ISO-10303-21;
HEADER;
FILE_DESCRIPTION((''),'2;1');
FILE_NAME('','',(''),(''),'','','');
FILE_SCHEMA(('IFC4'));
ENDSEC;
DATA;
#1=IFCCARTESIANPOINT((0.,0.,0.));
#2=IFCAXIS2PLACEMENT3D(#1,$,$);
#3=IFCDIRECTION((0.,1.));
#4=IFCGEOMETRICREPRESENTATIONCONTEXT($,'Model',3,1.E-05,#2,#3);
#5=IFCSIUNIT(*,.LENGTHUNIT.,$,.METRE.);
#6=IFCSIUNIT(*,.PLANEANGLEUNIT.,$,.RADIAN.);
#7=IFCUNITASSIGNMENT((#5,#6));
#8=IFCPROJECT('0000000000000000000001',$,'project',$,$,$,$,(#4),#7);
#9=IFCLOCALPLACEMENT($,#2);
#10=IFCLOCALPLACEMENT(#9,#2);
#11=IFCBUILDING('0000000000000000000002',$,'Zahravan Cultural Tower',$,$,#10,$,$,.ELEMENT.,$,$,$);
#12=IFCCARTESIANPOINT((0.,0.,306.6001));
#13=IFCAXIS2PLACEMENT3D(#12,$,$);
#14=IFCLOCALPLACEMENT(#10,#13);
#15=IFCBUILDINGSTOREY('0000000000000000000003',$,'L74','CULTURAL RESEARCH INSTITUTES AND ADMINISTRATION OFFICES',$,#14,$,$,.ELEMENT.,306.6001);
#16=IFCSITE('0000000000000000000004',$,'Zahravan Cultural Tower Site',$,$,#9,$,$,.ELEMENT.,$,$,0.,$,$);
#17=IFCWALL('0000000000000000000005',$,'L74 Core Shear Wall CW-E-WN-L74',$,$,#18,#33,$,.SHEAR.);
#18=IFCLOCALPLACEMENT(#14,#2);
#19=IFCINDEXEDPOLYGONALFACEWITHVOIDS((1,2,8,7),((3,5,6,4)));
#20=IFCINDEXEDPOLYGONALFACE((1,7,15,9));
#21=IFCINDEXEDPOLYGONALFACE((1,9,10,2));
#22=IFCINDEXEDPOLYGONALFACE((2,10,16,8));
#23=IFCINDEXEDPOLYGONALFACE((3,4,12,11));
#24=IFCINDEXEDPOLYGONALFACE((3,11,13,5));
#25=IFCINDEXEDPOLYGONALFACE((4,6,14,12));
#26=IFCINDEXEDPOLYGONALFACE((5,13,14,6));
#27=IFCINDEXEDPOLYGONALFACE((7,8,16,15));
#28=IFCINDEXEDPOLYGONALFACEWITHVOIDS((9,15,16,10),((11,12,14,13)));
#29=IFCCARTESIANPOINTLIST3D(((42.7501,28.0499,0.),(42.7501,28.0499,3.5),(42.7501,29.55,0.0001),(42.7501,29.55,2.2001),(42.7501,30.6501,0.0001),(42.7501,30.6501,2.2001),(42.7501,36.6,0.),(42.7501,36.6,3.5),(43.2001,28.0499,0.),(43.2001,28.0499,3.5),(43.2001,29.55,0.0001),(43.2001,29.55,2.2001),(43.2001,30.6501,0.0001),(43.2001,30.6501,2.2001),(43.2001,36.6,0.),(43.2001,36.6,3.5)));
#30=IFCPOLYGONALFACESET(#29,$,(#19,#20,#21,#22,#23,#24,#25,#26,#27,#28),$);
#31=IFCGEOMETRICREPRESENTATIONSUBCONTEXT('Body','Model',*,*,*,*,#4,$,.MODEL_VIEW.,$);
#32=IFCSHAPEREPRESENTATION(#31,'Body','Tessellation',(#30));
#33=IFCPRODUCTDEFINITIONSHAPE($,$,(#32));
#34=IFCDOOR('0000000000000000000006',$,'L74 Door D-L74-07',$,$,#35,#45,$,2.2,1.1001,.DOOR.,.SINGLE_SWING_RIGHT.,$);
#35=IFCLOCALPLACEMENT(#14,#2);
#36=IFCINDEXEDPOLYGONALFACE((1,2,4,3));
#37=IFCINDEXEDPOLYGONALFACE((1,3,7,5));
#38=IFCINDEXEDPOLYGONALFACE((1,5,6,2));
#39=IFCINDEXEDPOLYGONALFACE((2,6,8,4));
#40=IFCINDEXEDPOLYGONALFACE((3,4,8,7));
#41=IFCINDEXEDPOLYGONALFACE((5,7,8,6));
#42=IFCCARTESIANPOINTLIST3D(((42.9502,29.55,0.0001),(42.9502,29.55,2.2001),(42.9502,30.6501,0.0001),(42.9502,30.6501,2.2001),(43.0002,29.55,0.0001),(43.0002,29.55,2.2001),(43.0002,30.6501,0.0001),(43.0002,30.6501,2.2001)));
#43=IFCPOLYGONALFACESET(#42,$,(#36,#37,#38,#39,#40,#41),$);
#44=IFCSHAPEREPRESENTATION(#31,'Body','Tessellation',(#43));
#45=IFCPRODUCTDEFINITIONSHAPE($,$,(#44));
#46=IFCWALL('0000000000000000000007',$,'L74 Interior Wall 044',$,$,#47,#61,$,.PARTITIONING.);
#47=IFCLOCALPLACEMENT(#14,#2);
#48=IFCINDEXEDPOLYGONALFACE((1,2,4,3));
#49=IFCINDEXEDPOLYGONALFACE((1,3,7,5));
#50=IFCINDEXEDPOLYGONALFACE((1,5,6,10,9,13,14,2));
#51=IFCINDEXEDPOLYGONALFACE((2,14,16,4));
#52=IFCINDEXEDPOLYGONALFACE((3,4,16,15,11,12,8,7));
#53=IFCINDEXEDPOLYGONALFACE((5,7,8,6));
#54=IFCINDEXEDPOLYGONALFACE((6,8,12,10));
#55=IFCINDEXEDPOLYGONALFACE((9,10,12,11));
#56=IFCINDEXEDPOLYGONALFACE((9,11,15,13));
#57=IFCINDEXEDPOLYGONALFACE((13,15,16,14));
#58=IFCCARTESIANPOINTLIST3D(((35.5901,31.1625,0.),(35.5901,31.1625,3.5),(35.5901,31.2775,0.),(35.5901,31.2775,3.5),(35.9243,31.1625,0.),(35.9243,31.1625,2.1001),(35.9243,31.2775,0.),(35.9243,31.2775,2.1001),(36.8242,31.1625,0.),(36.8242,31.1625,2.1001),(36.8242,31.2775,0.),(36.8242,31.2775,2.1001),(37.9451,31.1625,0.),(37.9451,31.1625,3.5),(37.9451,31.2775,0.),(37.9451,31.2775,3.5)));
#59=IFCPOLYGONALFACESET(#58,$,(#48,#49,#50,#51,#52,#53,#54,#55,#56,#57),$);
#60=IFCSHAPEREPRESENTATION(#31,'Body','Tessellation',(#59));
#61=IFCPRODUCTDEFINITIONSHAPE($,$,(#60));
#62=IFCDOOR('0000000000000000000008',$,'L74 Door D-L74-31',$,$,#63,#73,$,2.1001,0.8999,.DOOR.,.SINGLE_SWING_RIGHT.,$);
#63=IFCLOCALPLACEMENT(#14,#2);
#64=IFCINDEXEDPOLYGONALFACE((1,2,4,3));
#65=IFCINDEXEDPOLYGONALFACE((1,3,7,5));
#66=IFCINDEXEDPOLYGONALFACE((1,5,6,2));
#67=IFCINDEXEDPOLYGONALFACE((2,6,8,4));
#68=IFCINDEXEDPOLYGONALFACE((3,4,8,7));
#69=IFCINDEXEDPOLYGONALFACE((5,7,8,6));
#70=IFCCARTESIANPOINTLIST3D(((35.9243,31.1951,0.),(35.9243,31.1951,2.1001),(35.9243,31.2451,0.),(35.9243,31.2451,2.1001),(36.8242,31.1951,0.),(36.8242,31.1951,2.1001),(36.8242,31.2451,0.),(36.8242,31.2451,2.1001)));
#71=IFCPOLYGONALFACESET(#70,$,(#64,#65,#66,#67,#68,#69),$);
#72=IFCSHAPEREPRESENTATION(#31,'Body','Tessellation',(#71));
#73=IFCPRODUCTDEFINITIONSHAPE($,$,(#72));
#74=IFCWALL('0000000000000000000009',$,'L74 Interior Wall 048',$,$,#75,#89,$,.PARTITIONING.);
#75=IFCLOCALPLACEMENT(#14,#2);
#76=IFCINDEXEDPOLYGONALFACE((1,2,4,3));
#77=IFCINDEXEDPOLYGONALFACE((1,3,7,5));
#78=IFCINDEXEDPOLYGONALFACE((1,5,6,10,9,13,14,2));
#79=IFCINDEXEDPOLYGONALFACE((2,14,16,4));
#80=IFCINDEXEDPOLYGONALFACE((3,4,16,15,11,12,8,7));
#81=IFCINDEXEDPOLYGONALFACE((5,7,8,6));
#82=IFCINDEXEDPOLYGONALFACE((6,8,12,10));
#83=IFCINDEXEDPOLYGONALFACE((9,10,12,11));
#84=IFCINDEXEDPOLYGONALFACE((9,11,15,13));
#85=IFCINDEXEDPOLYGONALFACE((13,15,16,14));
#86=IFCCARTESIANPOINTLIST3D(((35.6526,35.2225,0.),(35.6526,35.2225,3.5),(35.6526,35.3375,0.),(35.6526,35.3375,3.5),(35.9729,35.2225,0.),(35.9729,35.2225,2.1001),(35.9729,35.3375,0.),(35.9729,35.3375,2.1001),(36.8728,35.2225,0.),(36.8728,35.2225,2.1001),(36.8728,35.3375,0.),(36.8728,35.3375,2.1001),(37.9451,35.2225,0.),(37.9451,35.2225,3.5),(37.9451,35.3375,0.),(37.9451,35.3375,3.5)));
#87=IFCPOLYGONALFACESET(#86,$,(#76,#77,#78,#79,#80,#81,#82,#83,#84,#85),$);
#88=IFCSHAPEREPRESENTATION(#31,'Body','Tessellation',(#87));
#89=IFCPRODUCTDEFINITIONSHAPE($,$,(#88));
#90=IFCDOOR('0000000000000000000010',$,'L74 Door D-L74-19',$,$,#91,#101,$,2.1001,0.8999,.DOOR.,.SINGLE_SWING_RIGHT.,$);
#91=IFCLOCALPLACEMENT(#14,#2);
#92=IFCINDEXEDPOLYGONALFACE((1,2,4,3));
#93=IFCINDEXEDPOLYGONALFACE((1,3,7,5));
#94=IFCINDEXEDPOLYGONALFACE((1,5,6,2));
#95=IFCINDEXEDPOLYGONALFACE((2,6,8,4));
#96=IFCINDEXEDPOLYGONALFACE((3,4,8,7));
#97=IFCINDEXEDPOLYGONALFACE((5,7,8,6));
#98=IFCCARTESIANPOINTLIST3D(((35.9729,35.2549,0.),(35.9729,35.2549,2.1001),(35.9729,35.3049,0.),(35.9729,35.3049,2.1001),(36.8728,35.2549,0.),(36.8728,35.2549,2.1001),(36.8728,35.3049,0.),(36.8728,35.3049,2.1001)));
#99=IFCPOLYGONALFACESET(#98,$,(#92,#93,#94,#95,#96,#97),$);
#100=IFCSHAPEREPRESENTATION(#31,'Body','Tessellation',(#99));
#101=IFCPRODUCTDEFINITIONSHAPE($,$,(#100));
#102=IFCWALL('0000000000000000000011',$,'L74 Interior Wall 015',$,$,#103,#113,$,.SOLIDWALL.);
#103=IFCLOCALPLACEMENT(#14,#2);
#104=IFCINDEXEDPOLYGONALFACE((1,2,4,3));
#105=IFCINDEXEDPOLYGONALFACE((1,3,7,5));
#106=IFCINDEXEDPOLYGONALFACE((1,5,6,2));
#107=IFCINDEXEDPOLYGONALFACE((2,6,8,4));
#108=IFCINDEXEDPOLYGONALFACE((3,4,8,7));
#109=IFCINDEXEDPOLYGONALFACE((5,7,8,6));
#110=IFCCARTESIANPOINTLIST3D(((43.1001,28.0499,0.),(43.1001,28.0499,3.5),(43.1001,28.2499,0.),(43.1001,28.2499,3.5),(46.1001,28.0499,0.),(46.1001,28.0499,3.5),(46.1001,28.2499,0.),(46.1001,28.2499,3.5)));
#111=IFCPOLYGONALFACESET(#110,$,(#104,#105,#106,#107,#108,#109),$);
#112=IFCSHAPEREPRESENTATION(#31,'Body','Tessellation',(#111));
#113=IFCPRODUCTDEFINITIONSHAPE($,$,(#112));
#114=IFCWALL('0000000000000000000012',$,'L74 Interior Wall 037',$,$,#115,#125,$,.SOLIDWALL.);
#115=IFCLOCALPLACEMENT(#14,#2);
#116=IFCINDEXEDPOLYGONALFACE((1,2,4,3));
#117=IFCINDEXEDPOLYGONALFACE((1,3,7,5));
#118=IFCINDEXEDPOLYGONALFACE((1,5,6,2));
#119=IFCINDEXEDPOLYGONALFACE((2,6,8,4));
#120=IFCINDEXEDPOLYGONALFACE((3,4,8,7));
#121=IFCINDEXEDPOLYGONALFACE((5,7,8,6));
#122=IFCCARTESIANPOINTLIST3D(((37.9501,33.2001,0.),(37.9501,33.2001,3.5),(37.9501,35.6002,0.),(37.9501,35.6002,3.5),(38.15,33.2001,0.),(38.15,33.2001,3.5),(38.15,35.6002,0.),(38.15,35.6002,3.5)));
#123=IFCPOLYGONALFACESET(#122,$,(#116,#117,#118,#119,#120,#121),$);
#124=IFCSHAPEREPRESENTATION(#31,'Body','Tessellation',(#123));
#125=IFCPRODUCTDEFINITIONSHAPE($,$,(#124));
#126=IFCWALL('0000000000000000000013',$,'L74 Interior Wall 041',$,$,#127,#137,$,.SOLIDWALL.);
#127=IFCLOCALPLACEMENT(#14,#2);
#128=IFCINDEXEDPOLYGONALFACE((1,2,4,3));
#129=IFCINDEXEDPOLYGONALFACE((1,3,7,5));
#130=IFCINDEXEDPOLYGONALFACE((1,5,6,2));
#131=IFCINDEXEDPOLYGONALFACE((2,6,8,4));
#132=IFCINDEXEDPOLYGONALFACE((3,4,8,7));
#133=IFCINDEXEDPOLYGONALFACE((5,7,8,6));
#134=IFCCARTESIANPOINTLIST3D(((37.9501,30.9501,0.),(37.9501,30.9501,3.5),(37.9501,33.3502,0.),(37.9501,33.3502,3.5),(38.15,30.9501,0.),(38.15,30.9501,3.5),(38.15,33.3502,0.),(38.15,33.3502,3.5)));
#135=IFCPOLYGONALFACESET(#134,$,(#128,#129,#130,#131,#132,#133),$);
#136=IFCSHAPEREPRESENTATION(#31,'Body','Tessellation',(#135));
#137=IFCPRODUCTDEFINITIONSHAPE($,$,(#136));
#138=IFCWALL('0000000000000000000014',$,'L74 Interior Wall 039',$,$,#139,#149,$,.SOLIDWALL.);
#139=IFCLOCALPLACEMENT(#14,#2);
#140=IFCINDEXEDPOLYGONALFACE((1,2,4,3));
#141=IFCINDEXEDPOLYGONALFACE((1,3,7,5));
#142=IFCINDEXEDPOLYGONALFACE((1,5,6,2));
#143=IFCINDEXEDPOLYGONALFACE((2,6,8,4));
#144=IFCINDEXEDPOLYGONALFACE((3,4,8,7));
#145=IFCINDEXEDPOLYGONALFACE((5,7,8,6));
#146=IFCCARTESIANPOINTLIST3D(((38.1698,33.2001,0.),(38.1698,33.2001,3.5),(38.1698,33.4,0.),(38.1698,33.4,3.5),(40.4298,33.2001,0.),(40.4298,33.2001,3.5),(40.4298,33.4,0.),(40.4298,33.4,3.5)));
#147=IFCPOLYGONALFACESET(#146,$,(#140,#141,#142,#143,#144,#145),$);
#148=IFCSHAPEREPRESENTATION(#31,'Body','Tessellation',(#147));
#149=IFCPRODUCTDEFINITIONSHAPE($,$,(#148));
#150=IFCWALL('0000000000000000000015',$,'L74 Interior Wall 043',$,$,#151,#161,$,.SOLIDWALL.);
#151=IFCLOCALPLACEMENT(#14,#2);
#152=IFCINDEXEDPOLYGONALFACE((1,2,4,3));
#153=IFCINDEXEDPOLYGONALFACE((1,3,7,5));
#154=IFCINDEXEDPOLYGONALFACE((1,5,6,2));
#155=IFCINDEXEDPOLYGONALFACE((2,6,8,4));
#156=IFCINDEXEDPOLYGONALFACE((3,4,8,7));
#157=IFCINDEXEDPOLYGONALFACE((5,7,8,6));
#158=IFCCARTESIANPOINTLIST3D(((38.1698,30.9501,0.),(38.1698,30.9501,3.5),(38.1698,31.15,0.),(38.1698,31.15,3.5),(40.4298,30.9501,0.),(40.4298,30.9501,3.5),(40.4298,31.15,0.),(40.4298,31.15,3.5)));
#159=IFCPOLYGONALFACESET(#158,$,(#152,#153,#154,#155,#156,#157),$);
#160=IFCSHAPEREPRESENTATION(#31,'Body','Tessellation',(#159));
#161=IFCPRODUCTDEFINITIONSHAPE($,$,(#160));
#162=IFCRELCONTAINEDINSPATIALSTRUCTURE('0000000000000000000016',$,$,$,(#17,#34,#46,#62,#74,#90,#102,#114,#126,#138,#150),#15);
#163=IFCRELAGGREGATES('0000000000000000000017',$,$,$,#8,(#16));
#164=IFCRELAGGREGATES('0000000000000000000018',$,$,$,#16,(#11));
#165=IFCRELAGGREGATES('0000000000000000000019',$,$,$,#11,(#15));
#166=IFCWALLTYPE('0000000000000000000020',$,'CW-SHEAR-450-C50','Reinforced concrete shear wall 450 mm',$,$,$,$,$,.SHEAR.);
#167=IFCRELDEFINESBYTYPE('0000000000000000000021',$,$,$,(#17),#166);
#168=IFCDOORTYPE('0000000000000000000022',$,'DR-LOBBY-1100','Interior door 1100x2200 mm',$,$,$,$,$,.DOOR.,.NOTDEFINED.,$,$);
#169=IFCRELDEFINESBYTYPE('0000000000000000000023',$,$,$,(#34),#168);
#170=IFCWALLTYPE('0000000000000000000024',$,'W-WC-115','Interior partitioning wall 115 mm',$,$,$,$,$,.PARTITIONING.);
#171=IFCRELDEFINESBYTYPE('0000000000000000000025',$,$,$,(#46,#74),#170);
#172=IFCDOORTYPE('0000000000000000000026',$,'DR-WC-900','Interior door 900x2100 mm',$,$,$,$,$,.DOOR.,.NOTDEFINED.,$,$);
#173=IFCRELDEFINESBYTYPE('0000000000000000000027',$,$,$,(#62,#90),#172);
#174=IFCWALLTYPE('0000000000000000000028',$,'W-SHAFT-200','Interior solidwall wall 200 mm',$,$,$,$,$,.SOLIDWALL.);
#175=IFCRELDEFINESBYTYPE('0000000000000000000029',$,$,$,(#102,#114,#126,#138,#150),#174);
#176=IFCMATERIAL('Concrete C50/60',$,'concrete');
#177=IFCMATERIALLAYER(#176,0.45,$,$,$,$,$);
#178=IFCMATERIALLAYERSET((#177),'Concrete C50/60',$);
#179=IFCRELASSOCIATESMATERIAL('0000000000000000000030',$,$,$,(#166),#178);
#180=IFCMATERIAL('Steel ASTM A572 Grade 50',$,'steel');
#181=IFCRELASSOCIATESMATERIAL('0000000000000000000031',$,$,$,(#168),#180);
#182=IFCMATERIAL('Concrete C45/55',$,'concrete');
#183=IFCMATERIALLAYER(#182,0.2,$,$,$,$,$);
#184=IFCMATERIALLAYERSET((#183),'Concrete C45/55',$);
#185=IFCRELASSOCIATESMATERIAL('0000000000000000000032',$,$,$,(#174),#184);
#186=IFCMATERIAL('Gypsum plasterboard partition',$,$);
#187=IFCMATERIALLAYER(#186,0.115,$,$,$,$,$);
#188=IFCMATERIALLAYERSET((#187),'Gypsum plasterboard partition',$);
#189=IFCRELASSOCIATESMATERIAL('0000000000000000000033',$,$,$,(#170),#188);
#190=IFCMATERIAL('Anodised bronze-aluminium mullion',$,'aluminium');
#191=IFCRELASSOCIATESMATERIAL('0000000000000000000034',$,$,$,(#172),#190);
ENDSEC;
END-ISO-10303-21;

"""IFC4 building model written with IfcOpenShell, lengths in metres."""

from ifc_helpers import new_model, si_unit, direction, frame, frame_2d, origin, place, context, subcontext, project, spatial, rectangle, extrude, source, transform, mapped, material, layer, layer_set, type_object, element, fill, save


model = new_model("IFC4")

# Units and contexts
model_context = context("Model", 3, precision=1e-05, world=origin(), true_north=direction((0.0, 1.0)))
body_context = subcontext(model_context, "Body", "Model", "MODEL_VIEW")
ifc_project = project(units=[si_unit("LENGTHUNIT", "METRE"), si_unit("PLANEANGLEUNIT", "RADIAN")], contexts=[model_context])

# Site, building, storey
site_placement = place(None, origin())
site = spatial("IfcSite", under=ifc_project, at=site_placement, Name="Zahravan Cultural Tower Site", CompositionType="ELEMENT", RefElevation=0.0)
building_placement = place(site_placement, origin())
building = spatial("IfcBuilding", under=site, at=building_placement, Name="Zahravan Cultural Tower", CompositionType="ELEMENT")
storey_placement = place(building_placement, frame((0.0, 0.0, 306.6001)))
storey = spatial("IfcBuildingStorey", under=building, at=storey_placement, Name="L74", Description="CULTURAL RESEARCH INSTITUTES AND ADMINISTRATION OFFICES", CompositionType="ELEMENT", Elevation=306.6001)

# Walls, openings, doors
ifc_material_1 = material(Name="Concrete C50/60", Category="concrete")
ifc_layer_1 = layer(ifc_material_1, 0.45)
ifc_layer_set_1 = layer_set([ifc_layer_1], Name="Concrete C50/60")
wall_type_1 = type_object("IfcWallType", Name="CW-SHEAR-450-C50", Description="Reinforced concrete shear wall 450 mm", PredefinedType="SHEAR", material=ifc_layer_set_1)
wall_1_placement = place(storey_placement, frame((42.9751, 28.05, 0.0), z_axis=(0.0, 0.0, 1.0), x_axis=(0.0, 1.0, 0.0)))
wall_1 = element("IfcWall", 1, at=wall_1_placement, inside=storey, type_object=wall_type_1, Name="L74 Core Shear Wall CW-E-WN-L74", PredefinedType="SHEAR", context=body_context, shape_type="SweptSolid", body=[
    extrude(rectangle(XDim=8.55, YDim=0.45, at=frame_2d((4.2749, 0.0))), origin(), (0.0, 0.0, 1.0), 3.5),
])
opening_1_placement = place(wall_1_placement, frame((1.5, 0.0, 0.0)))
opening_1 = element("IfcOpeningElement", 2, at=opening_1_placement, cuts=wall_1, PredefinedType="OPENING", context=body_context, shape_type="SweptSolid", body=[
    extrude(rectangle(XDim=1.1001, YDim=2.2, at=frame_2d((0.55, 1.1001))), frame((0.0, 0.2349, 0.0), z_axis=(0.0, -1.0, 0.0), x_axis=(1.0, 0.0, 0.0)), (0.0, 0.0, 1.0), 0.47),
])
ifc_material_2 = material(Name="Steel ASTM A572 Grade 50", Category="steel")
door_type_1 = type_object("IfcDoorType", Name="DR-LOBBY-1100", Description="Interior door 1100x2200 mm", OperationType="NOTDEFINED", PredefinedType="DOOR", material=ifc_material_2)
shared_shape_1 = source(origin(), body_context, "Body", "SweptSolid", [
    extrude(rectangle(XDim=1.1001, YDim=2.2, at=frame_2d((0.55, 1.1001))), frame((0.0, 0.0249, 0.0), z_axis=(0.0, -1.0, 0.0), x_axis=(1.0, 0.0, 0.0)), (0.0, 0.0, 1.0), 0.05),
])
door_1_placement = place(opening_1_placement, origin())
door_1 = element("IfcDoor", 3, at=door_1_placement, inside=storey, type_object=door_type_1, Name="L74 Door D-L74-07", OperationType="SINGLE_SWING_RIGHT", OverallHeight=2.2, OverallWidth=1.1001, PredefinedType="DOOR", context=body_context, shape_type="MappedRepresentation", body=[
    mapped(shared_shape_1, transform((0.0, 0.0, 0.0), x_axis=(1.0, 0.0, 0.0), y_axis=(0.0, 1.0, 0.0), z_axis=(0.0, 0.0, 1.0), scale=1.0)),
])
fill(opening_1, door_1)
ifc_material_3 = material(Name="Gypsum plasterboard partition")
ifc_material_4 = material(Name="Anodised bronze-aluminium mullion", Category="aluminium")
ifc_material_5 = material(Name="Concrete C45/55", Category="concrete")
ifc_layer_2 = layer(ifc_material_5, 0.2)
ifc_layer_set_2 = layer_set([ifc_layer_2], Name="Concrete C45/55")
wall_type_2 = type_object("IfcWallType", Name="W-SHAFT-200", Description="Interior solidwall wall 200 mm", PredefinedType="SOLIDWALL", material=ifc_layer_set_2)
ifc_layer_3 = layer(ifc_material_3, 0.115)
ifc_layer_set_3 = layer_set([ifc_layer_3], Name="Gypsum plasterboard partition")
wall_type_3 = type_object("IfcWallType", Name="W-WC-115", Description="Interior partitioning wall 115 mm", PredefinedType="PARTITIONING", material=ifc_layer_set_3)
wall_2_placement = place(storey_placement, frame((37.9451, 31.22, 0.0), z_axis=(0.0, 0.0, 1.0), x_axis=(-1.0, 0.0, 0.0)))
wall_2 = element("IfcWall", 4, at=wall_2_placement, inside=storey, type_object=wall_type_3, Name="L74 Interior Wall 044", PredefinedType="PARTITIONING", context=body_context, shape_type="SweptSolid", body=[
    extrude(rectangle(XDim=2.355, YDim=0.115, at=frame_2d((1.1775, 0.0))), origin(), (0.0, 0.0, 1.0), 3.5),
])
opening_2_placement = place(wall_2_placement, frame((1.1208, 0.0, 0.0)))
opening_2 = element("IfcOpeningElement", 5, at=opening_2_placement, cuts=wall_2, PredefinedType="OPENING", context=body_context, shape_type="SweptSolid", body=[
    extrude(rectangle(XDim=0.8999, YDim=2.1001, at=frame_2d((0.45, 1.05))), frame((0.0, 0.0674, 0.0), z_axis=(0.0, -1.0, 0.0), x_axis=(1.0, 0.0, 0.0)), (0.0, 0.0, 1.0), 0.135),
])
door_type_2 = type_object("IfcDoorType", Name="DR-WC-900", Description="Interior door 900x2100 mm", OperationType="NOTDEFINED", PredefinedType="DOOR", material=ifc_material_4)
shared_shape_2 = source(origin(), body_context, "Body", "SweptSolid", [
    extrude(rectangle(XDim=0.8999, YDim=2.1001, at=frame_2d((0.45, 1.05))), frame((0.0, 0.0249, 0.0), z_axis=(0.0, -1.0, 0.0), x_axis=(1.0, 0.0, 0.0)), (0.0, 0.0, 1.0), 0.05),
])
door_2_placement = place(opening_2_placement, origin())
door_2 = element("IfcDoor", 6, at=door_2_placement, inside=storey, type_object=door_type_2, Name="L74 Door D-L74-31", OperationType="SINGLE_SWING_RIGHT", OverallHeight=2.1001, OverallWidth=0.8999, PredefinedType="DOOR", context=body_context, shape_type="MappedRepresentation", body=[
    mapped(shared_shape_2, transform((0.0, 0.0, 0.0), x_axis=(1.0, 0.0, 0.0), y_axis=(0.0, 1.0, 0.0), z_axis=(0.0, 0.0, 1.0), scale=1.0)),
])
fill(opening_2, door_2)
wall_3_placement = place(storey_placement, frame((35.6526, 35.28, 0.0), z_axis=(0.0, 0.0, 1.0), x_axis=(1.0, 0.0, 0.0)))
wall_3 = element("IfcWall", 7, at=wall_3_placement, inside=storey, type_object=wall_type_3, Name="L74 Interior Wall 048", PredefinedType="PARTITIONING", context=body_context, shape_type="SweptSolid", body=[
    extrude(rectangle(XDim=2.2925, YDim=0.115, at=frame_2d((1.1462, 0.0))), origin(), (0.0, 0.0, 1.0), 3.5),
])
opening_3_placement = place(wall_3_placement, frame((0.3203, 0.0, 0.0)))
opening_3 = element("IfcOpeningElement", 8, at=opening_3_placement, cuts=wall_3, PredefinedType="OPENING", context=body_context, shape_type="SweptSolid", body=[
    extrude(rectangle(XDim=0.8999, YDim=2.1001, at=frame_2d((0.45, 1.05))), frame((0.0, 0.0674, 0.0), z_axis=(0.0, -1.0, 0.0), x_axis=(1.0, 0.0, 0.0)), (0.0, 0.0, 1.0), 0.135),
])
door_3_placement = place(opening_3_placement, origin())
door_3 = element("IfcDoor", 9, at=door_3_placement, inside=storey, type_object=door_type_2, Name="L74 Door D-L74-19", OperationType="SINGLE_SWING_RIGHT", OverallHeight=2.1001, OverallWidth=0.8999, PredefinedType="DOOR", context=body_context, shape_type="MappedRepresentation", body=[
    mapped(shared_shape_2, transform((0.0, 0.0, 0.0), x_axis=(1.0, 0.0, 0.0), y_axis=(0.0, 1.0, 0.0), z_axis=(0.0, 0.0, 1.0), scale=1.0)),
])
fill(opening_3, door_3)

# Walls
shared_shape_3 = source(origin(), body_context, "Body", "SweptSolid", [
    extrude(rectangle(XDim=3.0, YDim=0.2, at=frame_2d((1.5, 0.0))), origin(), (0.0, 0.0, 1.0), 3.5),
])
wall_4_placement = place(storey_placement, frame((43.1001, 28.1499, 0.0), z_axis=(0.0, 0.0, 1.0), x_axis=(1.0, 0.0, 0.0)))
element("IfcWall", 10, at=wall_4_placement, inside=storey, type_object=wall_type_2, Name="L74 Interior Wall 015", PredefinedType="SOLIDWALL", context=body_context, shape_type="MappedRepresentation", body=[
    mapped(shared_shape_3, transform((0.0, 0.0, 0.0), x_axis=(1.0, 0.0, 0.0), y_axis=(0.0, 1.0, 0.0), z_axis=(0.0, 0.0, 1.0), scale=1.0)),
])
shared_shape_4 = source(origin(), body_context, "Body", "SweptSolid", [
    extrude(rectangle(XDim=2.4001, YDim=0.2, at=frame_2d((1.2002, 0.0))), origin(), (0.0, 0.0, 1.0), 3.5),
])
for number, where, z_axis, x_axis, name in (
    (11, (38.05, 33.2, 0.0), (0.0, 0.0, 1.0), (0.0, 1.0, 0.0), "L74 Interior Wall 037"),
    (12, (38.05, 30.95, 0.0), (0.0, 0.0, 1.0), (0.0, 1.0, 0.0), "L74 Interior Wall 041"),
):
    element("IfcWall", number, at=place(storey_placement, frame(where, z_axis=z_axis, x_axis=x_axis)), inside=storey, type_object=wall_type_2, Name=name, PredefinedType="SOLIDWALL", context=body_context, shape_type="MappedRepresentation", body=[
        mapped(shared_shape_4, transform((0.0, 0.0, 0.0), x_axis=(1.0, 0.0, 0.0), y_axis=(0.0, 1.0, 0.0), z_axis=(0.0, 0.0, 1.0), scale=1.0)),
    ])
shared_shape_5 = source(origin(), body_context, "Body", "SweptSolid", [
    extrude(rectangle(XDim=2.26, YDim=0.2, at=frame_2d((1.1299, 0.0))), origin(), (0.0, 0.0, 1.0), 3.5),
])
for number, where, z_axis, x_axis, name in (
    (13, (38.1699, 33.3, 0.0), (0.0, 0.0, 1.0), (1.0, 0.0, 0.0), "L74 Interior Wall 039"),
    (14, (38.1699, 31.05, 0.0), (0.0, 0.0, 1.0), (1.0, 0.0, 0.0), "L74 Interior Wall 043"),
):
    element("IfcWall", number, at=place(storey_placement, frame(where, z_axis=z_axis, x_axis=x_axis)), inside=storey, type_object=wall_type_2, Name=name, PredefinedType="SOLIDWALL", context=body_context, shape_type="MappedRepresentation", body=[
        mapped(shared_shape_5, transform((0.0, 0.0, 0.0), x_axis=(1.0, 0.0, 0.0), y_axis=(0.0, 1.0, 0.0), z_axis=(0.0, 0.0, 1.0), scale=1.0)),
    ])

save(model, "model.ifc")
